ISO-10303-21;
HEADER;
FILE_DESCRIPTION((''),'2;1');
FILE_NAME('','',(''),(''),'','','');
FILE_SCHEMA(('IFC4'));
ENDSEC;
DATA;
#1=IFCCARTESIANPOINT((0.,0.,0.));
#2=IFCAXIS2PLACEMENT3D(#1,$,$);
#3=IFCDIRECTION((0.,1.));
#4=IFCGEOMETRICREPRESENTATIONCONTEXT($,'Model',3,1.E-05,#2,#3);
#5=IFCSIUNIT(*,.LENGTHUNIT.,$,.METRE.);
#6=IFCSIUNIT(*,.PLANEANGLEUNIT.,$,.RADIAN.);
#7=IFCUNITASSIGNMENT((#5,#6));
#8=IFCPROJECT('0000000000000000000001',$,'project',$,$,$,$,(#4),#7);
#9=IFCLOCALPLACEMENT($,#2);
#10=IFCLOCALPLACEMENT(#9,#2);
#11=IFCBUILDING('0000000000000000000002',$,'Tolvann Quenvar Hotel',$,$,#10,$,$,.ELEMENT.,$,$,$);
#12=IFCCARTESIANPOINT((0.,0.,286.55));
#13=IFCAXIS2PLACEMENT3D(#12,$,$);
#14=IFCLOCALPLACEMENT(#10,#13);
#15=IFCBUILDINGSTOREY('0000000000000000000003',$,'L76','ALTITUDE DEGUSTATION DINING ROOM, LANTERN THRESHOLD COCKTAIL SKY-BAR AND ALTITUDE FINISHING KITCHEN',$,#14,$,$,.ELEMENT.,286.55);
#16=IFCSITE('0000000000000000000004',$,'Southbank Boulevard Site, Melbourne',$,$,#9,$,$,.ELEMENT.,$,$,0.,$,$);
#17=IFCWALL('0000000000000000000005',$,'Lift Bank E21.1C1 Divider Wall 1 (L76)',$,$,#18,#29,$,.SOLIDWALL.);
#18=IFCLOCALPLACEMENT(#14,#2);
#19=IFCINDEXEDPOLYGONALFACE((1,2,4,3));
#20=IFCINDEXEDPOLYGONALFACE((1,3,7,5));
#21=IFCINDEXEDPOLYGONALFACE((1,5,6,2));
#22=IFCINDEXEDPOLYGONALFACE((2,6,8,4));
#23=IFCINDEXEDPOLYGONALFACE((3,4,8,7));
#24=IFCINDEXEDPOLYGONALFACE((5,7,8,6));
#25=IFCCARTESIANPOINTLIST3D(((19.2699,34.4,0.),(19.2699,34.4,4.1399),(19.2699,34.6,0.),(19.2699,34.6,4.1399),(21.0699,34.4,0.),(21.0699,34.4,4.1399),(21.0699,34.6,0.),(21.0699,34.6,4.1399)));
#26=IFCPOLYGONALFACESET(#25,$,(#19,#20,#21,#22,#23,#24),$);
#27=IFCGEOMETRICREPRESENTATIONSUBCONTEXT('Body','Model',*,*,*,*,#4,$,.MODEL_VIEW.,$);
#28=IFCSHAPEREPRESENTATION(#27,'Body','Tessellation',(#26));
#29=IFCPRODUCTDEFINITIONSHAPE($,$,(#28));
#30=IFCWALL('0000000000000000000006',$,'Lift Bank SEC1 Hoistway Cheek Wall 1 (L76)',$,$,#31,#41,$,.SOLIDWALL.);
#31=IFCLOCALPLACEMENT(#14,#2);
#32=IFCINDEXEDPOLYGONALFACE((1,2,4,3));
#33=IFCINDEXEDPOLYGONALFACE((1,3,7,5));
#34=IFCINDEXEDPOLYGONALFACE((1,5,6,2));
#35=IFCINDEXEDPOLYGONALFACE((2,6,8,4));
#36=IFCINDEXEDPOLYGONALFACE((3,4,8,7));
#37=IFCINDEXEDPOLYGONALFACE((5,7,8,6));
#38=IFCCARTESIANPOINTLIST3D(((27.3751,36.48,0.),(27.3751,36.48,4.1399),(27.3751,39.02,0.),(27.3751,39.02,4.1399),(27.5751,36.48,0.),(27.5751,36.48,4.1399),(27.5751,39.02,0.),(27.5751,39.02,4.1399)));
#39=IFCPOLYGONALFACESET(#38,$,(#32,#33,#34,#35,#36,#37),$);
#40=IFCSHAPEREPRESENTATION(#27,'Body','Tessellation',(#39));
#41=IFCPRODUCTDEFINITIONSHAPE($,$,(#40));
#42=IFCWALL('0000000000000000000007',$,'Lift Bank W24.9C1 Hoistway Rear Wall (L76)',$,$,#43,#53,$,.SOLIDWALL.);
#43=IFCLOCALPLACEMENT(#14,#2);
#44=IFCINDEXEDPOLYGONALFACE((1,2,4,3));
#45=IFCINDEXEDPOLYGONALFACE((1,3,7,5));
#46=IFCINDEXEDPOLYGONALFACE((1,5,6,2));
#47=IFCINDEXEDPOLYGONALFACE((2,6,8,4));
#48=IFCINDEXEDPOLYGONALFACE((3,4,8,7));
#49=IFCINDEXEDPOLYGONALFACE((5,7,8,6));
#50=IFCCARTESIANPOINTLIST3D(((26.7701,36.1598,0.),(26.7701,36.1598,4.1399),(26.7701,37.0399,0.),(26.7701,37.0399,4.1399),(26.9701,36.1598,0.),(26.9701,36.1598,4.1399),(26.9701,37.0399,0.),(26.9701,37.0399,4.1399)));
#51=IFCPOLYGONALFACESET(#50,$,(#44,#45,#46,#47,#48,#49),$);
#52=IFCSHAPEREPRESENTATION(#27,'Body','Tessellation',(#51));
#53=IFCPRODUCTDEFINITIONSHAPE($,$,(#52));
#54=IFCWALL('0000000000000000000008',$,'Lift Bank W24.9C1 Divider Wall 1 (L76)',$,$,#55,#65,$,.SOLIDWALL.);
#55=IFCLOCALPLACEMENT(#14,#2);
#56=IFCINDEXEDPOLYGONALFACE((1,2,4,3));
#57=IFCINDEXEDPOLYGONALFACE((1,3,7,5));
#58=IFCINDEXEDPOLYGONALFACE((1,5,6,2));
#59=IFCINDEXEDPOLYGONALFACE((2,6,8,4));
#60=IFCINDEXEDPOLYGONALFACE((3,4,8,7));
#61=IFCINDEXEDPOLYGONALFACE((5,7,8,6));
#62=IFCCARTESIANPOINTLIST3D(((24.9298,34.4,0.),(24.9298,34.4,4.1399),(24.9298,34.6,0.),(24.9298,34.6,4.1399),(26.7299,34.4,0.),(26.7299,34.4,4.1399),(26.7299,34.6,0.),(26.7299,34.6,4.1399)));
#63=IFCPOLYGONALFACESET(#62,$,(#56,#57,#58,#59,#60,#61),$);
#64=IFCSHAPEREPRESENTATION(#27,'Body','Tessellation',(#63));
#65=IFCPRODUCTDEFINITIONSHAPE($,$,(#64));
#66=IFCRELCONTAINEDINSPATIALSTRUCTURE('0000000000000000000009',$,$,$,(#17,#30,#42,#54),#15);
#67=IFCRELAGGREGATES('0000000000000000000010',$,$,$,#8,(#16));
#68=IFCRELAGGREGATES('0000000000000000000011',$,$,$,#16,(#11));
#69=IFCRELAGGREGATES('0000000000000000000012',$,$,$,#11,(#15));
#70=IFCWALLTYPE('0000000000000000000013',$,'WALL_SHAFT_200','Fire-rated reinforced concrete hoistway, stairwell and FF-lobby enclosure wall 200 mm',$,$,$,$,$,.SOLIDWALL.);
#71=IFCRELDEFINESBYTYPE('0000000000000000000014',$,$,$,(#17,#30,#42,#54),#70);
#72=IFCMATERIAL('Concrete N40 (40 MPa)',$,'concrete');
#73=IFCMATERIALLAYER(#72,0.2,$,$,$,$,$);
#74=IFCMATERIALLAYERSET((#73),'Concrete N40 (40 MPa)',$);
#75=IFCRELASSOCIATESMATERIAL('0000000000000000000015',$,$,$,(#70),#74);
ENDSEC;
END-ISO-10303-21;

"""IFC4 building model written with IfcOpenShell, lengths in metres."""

from ifc_helpers import new_model, si_unit, direction, frame, frame_2d, origin, place, context, subcontext, project, spatial, rectangle, extrude, material, layer, layer_set, type_object, element, save


model = new_model("IFC4")

# Units and contexts
model_context = context("Model", 3, precision=1e-05, world=origin(), true_north=direction((0.0, 1.0)))
body_context = subcontext(model_context, "Body", "Model", "MODEL_VIEW")
ifc_project = project(units=[si_unit("LENGTHUNIT", "METRE"), si_unit("PLANEANGLEUNIT", "RADIAN")], contexts=[model_context])

# Site, building, storey
site_placement = place(None, origin())
site = spatial("IfcSite", under=ifc_project, at=site_placement, Name="Southbank Boulevard Site, Melbourne", CompositionType="ELEMENT", RefElevation=0.0)
building_placement = place(site_placement, origin())
building = spatial("IfcBuilding", under=site, at=building_placement, Name="Tolvann Quenvar Hotel", CompositionType="ELEMENT")
storey_placement = place(building_placement, frame((0.0, 0.0, 286.55)))
storey = spatial("IfcBuildingStorey", under=building, at=storey_placement, Name="L76", Description="ALTITUDE DEGUSTATION DINING ROOM, LANTERN THRESHOLD COCKTAIL SKY-BAR AND ALTITUDE FINISHING KITCHEN", CompositionType="ELEMENT", Elevation=286.55)

# Shared definitions
ifc_material_1 = material(Name="Concrete N40 (40 MPa)", Category="concrete")
ifc_layer_1 = layer(ifc_material_1, 0.2)
ifc_layer_set_1 = layer_set([ifc_layer_1], Name="Concrete N40 (40 MPa)")
wall_type_1 = type_object("IfcWallType", Name="WALL_SHAFT_200", Description="Fire-rated reinforced concrete hoistway, stairwell and FF-lobby enclosure wall 200 mm", PredefinedType="SOLIDWALL", material=ifc_layer_set_1)

# Wall
wall_1_placement = place(storey_placement, frame((19.27, 34.5, 0.0), z_axis=(0.0, 0.0, 1.0), x_axis=(1.0, 0.0, 0.0)))
element("IfcWall", 1, at=wall_1_placement, inside=storey, type_object=wall_type_1, Name="Lift Bank E21.1C1 Divider Wall 1 (L76)", PredefinedType="SOLIDWALL", context=body_context, shape_type="SweptSolid", body=[
    extrude(rectangle(XDim=1.8, YDim=0.2, at=frame_2d((0.8999, 0.0))), origin(), (0.0, 0.0, 1.0), 4.1399),
])

# Wall
wall_2_placement = place(storey_placement, frame((27.4751, 36.48, 0.0), z_axis=(0.0, 0.0, 1.0), x_axis=(0.0, 1.0, 0.0)))
element("IfcWall", 2, at=wall_2_placement, inside=storey, type_object=wall_type_1, Name="Lift Bank SEC1 Hoistway Cheek Wall 1 (L76)", PredefinedType="SOLIDWALL", context=body_context, shape_type="SweptSolid", body=[
    extrude(rectangle(XDim=2.54, YDim=0.2, at=frame_2d((1.27, 0.0))), origin(), (0.0, 0.0, 1.0), 4.1399),
])

# Walls
wall_3_placement = place(storey_placement, frame((26.8701, 36.1599, 0.0), z_axis=(0.0, 0.0, 1.0), x_axis=(0.0, 1.0, 0.0)))
element("IfcWall", 3, at=wall_3_placement, inside=storey, type_object=wall_type_1, Name="Lift Bank W24.9C1 Hoistway Rear Wall (L76)", PredefinedType="SOLIDWALL", context=body_context, shape_type="SweptSolid", body=[
    extrude(rectangle(XDim=0.8801, YDim=0.2, at=frame_2d((0.4399, 0.0))), origin(), (0.0, 0.0, 1.0), 4.1399),
])
wall_4_placement = place(storey_placement, frame((24.9299, 34.5, 0.0), z_axis=(0.0, 0.0, 1.0), x_axis=(1.0, 0.0, 0.0)))
element("IfcWall", 4, at=wall_4_placement, inside=storey, type_object=wall_type_1, Name="Lift Bank W24.9C1 Divider Wall 1 (L76)", PredefinedType="SOLIDWALL", context=body_context, shape_type="SweptSolid", body=[
    extrude(rectangle(XDim=1.8, YDim=0.2, at=frame_2d((0.8999, 0.0))), origin(), (0.0, 0.0, 1.0), 4.1399),
])

save(model, "model.ifc")
